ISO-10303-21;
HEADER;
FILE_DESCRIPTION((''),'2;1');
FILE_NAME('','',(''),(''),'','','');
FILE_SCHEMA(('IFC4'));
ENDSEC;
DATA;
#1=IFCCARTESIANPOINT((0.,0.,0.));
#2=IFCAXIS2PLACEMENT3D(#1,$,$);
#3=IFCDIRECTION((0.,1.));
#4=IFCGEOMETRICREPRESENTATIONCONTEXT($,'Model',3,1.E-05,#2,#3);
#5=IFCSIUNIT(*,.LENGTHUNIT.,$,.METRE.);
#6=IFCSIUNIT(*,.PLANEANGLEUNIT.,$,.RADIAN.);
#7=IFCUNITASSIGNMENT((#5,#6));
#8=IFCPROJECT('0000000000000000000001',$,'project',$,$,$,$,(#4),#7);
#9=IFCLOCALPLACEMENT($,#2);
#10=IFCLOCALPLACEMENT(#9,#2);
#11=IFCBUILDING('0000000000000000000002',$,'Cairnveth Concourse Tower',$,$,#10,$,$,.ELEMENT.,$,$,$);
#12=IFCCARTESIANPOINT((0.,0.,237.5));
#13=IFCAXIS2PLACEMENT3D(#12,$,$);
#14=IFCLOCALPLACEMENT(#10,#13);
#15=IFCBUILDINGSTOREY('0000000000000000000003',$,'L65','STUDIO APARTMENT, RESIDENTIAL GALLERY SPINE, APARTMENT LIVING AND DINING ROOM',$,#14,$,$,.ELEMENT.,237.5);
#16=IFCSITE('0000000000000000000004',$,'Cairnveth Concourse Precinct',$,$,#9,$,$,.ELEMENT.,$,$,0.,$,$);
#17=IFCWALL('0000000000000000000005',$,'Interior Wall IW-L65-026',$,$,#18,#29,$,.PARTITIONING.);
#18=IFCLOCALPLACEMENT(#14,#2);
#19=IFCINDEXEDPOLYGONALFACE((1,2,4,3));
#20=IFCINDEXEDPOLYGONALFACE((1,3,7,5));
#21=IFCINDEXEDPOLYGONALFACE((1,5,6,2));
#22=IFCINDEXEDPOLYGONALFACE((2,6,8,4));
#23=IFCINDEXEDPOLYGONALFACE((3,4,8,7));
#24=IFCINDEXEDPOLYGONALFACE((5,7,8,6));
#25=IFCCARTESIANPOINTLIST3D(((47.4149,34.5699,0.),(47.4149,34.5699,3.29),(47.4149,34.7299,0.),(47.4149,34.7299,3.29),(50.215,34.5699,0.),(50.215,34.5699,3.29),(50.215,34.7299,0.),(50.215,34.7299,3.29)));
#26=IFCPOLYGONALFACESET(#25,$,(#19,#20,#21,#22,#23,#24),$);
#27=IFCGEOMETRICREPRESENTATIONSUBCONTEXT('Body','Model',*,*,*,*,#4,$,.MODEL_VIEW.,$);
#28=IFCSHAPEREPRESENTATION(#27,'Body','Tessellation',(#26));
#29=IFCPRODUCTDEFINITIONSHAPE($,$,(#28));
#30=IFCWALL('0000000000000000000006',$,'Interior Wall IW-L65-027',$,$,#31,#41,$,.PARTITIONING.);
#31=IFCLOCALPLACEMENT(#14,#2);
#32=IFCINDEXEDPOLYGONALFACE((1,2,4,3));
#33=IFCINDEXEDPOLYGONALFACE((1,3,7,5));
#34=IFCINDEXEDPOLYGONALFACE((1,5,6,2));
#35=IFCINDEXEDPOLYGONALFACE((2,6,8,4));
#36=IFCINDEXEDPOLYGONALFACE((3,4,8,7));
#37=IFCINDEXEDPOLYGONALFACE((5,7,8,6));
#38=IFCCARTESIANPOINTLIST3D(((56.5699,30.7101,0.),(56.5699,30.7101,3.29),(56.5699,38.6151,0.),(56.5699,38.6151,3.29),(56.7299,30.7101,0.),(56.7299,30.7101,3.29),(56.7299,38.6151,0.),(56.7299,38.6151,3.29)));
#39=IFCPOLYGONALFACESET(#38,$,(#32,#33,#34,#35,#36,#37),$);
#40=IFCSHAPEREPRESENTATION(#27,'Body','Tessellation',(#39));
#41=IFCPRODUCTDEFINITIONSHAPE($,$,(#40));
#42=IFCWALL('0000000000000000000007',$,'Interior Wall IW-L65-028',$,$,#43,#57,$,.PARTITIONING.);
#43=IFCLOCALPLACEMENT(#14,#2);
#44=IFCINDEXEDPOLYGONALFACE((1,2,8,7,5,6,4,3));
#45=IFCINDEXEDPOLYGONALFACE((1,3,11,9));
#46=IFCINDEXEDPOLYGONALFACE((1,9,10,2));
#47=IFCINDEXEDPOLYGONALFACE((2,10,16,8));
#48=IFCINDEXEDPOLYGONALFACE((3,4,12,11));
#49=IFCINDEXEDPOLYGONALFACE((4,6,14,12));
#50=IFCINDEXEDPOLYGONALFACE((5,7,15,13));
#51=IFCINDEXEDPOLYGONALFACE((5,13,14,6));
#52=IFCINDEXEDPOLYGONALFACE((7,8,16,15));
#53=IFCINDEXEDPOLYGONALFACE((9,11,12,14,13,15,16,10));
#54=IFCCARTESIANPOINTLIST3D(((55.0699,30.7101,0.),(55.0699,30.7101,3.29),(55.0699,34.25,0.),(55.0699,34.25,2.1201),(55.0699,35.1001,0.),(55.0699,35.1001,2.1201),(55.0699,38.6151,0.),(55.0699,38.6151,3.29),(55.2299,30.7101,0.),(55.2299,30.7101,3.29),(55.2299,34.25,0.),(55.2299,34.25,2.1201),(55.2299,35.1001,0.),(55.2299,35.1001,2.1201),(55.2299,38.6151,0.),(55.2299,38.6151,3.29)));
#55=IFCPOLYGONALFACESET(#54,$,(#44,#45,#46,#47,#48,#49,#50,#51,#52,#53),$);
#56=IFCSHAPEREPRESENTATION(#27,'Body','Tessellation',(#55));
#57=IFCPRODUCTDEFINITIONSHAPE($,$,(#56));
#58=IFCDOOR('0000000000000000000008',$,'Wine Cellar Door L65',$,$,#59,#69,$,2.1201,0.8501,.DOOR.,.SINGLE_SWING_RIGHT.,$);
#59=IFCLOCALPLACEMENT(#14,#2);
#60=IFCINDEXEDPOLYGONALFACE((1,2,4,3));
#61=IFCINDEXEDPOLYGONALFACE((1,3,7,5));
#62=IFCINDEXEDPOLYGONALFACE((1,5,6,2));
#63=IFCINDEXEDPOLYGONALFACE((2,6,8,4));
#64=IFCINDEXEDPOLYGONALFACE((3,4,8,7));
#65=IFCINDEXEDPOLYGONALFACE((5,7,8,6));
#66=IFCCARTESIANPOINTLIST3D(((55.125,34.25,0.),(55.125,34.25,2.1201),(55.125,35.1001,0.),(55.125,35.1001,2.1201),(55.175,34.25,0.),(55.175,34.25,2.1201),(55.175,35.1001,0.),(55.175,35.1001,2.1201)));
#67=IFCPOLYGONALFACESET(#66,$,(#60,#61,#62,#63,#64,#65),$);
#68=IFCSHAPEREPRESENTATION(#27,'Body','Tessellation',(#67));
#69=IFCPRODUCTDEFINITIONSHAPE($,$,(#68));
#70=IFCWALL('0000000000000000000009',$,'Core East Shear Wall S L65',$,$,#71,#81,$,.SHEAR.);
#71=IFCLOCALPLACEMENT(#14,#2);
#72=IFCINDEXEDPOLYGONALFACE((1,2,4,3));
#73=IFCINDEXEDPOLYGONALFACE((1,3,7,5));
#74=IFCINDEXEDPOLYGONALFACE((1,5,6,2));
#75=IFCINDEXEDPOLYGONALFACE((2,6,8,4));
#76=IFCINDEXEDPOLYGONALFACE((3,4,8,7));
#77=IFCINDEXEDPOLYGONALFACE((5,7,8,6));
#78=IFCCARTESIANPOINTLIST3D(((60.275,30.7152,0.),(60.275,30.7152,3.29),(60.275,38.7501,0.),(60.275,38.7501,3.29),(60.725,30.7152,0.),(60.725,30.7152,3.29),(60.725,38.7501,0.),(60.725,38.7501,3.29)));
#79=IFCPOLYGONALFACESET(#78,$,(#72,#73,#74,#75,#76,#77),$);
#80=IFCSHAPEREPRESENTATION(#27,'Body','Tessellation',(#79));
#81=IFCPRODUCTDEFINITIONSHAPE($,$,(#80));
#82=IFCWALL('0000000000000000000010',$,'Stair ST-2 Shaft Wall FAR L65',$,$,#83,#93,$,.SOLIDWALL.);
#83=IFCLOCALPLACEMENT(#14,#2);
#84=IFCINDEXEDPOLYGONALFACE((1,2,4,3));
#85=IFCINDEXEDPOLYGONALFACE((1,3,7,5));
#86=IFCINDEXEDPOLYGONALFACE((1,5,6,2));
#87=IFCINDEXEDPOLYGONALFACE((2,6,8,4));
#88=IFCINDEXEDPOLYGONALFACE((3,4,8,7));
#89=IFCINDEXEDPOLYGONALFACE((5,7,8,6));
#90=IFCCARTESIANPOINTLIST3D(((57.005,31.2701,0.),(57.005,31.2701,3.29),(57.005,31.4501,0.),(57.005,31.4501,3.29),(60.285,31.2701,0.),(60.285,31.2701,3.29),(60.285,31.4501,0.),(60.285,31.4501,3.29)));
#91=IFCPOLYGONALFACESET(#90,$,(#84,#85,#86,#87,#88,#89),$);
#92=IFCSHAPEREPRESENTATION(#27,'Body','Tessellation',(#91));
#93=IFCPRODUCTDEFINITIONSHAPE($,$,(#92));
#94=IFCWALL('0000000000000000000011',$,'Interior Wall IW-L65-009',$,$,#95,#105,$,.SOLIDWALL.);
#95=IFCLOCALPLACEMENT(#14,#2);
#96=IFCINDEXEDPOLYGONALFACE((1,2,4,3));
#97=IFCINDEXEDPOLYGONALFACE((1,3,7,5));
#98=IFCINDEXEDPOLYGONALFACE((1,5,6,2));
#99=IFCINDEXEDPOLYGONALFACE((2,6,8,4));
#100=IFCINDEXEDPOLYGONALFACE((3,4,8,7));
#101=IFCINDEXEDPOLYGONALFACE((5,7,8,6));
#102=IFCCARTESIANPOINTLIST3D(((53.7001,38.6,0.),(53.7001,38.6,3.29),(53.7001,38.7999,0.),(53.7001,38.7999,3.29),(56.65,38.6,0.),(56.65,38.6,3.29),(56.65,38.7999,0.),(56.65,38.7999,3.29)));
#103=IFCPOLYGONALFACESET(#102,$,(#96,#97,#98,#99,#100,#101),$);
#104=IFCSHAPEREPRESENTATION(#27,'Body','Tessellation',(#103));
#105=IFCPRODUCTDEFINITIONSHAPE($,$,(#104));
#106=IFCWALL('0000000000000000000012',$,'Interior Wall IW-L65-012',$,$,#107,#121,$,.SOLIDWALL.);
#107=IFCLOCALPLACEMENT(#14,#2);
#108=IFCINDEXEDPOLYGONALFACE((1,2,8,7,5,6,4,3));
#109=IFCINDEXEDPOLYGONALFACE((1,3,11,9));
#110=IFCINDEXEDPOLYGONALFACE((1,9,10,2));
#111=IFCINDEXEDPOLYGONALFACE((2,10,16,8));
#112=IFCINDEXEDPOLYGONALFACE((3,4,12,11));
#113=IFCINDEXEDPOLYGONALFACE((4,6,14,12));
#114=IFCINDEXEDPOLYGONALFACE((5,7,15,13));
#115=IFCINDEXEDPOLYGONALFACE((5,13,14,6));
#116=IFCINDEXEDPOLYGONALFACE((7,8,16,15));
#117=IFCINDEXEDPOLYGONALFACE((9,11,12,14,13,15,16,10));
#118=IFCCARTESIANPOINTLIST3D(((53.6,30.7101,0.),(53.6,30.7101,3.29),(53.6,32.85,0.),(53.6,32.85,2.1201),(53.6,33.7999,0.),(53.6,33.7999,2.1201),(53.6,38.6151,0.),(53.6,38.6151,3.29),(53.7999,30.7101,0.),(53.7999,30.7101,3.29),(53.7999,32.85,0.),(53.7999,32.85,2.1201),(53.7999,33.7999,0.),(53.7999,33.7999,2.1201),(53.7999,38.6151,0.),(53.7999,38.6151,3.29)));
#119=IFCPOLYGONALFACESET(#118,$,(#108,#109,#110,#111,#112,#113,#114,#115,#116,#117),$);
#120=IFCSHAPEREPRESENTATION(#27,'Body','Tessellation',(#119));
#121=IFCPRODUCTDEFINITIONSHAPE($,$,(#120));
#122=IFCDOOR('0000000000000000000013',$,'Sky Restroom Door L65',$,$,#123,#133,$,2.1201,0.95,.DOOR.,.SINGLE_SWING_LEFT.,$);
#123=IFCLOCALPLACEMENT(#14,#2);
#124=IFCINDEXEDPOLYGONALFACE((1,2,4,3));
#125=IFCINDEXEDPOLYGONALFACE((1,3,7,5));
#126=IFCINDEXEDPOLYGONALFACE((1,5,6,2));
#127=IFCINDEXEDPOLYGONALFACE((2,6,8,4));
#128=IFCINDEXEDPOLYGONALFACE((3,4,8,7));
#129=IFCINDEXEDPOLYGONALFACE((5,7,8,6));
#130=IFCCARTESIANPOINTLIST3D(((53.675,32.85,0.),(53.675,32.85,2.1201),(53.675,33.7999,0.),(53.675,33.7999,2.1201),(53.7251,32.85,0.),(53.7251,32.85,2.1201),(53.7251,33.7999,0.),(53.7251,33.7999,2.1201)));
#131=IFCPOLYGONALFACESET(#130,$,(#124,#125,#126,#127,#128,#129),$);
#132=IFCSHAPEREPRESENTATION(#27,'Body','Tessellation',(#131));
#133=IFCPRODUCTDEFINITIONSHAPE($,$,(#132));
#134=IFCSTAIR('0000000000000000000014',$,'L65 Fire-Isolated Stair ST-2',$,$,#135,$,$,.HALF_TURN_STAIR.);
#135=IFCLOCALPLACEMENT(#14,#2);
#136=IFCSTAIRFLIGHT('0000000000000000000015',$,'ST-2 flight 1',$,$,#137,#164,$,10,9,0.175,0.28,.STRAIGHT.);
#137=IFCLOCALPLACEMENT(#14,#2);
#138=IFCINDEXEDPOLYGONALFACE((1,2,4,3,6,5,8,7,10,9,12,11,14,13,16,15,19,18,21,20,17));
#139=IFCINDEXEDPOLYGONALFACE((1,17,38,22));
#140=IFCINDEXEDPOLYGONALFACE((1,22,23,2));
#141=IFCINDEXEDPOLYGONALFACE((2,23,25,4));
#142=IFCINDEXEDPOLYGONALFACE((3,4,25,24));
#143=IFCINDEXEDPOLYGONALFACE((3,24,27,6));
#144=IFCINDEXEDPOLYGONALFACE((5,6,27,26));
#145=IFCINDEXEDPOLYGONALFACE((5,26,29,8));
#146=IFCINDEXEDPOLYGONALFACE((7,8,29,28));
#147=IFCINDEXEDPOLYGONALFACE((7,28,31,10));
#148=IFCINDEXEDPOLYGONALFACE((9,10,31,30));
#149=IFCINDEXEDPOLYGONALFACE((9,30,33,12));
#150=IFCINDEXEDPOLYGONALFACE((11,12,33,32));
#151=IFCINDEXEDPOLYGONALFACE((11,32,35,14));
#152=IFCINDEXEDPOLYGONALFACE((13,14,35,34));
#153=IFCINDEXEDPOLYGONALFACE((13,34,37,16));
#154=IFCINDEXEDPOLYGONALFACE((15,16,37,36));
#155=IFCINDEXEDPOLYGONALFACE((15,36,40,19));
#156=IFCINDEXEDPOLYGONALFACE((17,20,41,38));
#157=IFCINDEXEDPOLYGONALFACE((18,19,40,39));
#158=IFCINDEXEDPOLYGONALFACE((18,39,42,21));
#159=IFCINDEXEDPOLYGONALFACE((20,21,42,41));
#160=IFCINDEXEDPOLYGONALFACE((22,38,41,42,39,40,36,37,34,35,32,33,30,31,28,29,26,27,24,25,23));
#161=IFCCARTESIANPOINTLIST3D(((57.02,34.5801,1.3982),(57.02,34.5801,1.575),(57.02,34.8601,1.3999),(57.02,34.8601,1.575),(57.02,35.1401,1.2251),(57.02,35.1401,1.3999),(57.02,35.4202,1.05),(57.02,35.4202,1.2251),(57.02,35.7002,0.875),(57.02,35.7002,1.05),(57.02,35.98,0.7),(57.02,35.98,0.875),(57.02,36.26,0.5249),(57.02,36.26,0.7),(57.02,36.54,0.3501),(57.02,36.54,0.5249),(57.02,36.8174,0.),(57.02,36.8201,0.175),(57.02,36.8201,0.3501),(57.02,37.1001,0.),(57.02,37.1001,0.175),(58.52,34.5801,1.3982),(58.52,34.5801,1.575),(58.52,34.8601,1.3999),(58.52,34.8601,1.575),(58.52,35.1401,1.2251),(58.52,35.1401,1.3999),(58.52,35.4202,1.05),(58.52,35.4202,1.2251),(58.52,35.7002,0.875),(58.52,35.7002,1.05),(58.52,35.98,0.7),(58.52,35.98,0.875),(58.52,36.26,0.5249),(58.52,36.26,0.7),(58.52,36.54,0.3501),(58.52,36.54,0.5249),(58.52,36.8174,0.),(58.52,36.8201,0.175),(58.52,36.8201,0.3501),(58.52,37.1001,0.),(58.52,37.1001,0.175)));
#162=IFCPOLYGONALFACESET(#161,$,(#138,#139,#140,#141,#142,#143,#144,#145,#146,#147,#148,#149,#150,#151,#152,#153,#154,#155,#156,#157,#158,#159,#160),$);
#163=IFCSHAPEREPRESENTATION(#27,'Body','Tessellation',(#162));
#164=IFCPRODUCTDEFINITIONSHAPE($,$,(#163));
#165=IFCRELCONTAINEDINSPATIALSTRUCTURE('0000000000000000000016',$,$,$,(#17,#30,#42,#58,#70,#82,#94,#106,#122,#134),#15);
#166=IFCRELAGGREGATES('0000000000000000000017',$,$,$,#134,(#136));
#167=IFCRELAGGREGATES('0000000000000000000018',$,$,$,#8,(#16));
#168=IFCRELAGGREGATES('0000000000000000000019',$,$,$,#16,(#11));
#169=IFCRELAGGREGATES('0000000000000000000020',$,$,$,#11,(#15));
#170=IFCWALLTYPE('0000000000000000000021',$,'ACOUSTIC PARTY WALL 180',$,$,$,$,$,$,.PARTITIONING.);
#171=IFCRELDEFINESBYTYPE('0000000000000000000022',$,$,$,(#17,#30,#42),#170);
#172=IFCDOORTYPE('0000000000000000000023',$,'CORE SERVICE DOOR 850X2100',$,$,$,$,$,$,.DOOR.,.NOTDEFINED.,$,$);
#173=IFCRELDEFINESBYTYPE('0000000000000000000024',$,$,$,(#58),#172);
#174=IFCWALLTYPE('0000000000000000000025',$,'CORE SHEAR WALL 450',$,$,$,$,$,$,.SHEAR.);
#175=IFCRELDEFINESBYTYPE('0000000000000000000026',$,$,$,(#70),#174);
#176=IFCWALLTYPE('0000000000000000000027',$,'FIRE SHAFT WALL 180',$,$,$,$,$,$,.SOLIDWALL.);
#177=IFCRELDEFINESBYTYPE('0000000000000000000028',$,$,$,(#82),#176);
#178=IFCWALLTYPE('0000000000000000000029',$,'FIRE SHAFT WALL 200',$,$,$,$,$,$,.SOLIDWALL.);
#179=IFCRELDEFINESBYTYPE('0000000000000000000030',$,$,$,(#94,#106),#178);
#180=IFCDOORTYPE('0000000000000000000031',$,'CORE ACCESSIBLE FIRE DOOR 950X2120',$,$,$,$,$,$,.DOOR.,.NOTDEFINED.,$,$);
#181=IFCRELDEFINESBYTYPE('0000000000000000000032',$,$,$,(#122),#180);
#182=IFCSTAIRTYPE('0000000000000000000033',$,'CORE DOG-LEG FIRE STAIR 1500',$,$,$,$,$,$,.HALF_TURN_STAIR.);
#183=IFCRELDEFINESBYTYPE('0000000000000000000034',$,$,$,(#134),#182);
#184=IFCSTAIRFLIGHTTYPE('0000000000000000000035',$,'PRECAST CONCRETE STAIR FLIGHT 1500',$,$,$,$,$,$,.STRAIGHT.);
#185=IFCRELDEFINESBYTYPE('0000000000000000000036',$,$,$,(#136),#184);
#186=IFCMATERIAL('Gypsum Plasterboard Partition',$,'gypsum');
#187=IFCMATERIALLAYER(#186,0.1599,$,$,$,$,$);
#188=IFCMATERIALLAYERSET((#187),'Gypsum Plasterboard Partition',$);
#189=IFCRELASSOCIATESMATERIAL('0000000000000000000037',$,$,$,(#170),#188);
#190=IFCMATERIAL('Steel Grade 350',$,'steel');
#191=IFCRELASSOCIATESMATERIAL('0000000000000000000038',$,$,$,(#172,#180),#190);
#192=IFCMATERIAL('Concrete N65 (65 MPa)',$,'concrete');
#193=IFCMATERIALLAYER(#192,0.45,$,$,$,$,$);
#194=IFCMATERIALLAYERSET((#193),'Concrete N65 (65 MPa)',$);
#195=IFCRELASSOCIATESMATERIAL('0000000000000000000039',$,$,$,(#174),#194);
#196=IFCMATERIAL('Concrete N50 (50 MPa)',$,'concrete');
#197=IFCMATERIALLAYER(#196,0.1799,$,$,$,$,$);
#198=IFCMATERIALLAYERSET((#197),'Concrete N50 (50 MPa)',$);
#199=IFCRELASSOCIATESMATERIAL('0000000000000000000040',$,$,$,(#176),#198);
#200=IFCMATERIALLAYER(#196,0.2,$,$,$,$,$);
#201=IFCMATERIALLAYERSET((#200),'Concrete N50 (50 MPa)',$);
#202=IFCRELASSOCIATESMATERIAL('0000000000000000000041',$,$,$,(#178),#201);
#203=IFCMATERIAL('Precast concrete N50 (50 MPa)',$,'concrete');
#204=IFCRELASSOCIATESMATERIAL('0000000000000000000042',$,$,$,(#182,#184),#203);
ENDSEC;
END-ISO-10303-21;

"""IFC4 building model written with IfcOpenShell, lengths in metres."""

from ifc_helpers import new_model, si_unit, direction, frame, frame_2d, origin, place, context, subcontext, project, spatial, polyline, rectangle, outline, extrude, material, layer, layer_set, type_object, element, fill, aggregate, save


model = new_model("IFC4")

# Units and contexts
model_context = context("Model", 3, precision=1e-05, world=origin(), true_north=direction((0.0, 1.0)))
body_context = subcontext(model_context, "Body", "Model", "MODEL_VIEW")
ifc_project = project(units=[si_unit("LENGTHUNIT", "METRE"), si_unit("PLANEANGLEUNIT", "RADIAN")], contexts=[model_context])

# Site, building, storey
site_placement = place(None, origin())
site = spatial("IfcSite", under=ifc_project, at=site_placement, Name="Cairnveth Concourse Precinct", CompositionType="ELEMENT", RefElevation=0.0)
building_placement = place(site_placement, origin())
building = spatial("IfcBuilding", under=site, at=building_placement, Name="Cairnveth Concourse Tower", CompositionType="ELEMENT")
storey_placement = place(building_placement, frame((0.0, 0.0, 237.5)))
storey = spatial("IfcBuildingStorey", under=building, at=storey_placement, Name="L65", Description="STUDIO APARTMENT, RESIDENTIAL GALLERY SPINE, APARTMENT LIVING AND DINING ROOM", CompositionType="ELEMENT", Elevation=237.5)

# Walls
ifc_material_1 = material(Name="Gypsum Plasterboard Partition", Category="gypsum")
ifc_layer_1 = layer(ifc_material_1, 0.1599)
ifc_layer_set_1 = layer_set([ifc_layer_1], Name="Gypsum Plasterboard Partition")
wall_type_1 = type_object("IfcWallType", Name="ACOUSTIC PARTY WALL 180", PredefinedType="PARTITIONING", material=ifc_layer_set_1)
wall_1_placement = place(storey_placement, frame((47.415, 34.6499, 0.0), z_axis=(0.0, 0.0, 1.0), x_axis=(1.0, 0.0, 0.0)))
element("IfcWall", 1, at=wall_1_placement, inside=storey, type_object=wall_type_1, Name="Interior Wall IW-L65-026", PredefinedType="PARTITIONING", context=body_context, shape_type="SweptSolid", body=[
    extrude(rectangle(XDim=2.8, YDim=0.1599, at=frame_2d((1.3999, 0.0))), origin(), (0.0, 0.0, 1.0), 3.29),
])
wall_2_placement = place(storey_placement, frame((56.6499, 30.71, 0.0), z_axis=(0.0, 0.0, 1.0), x_axis=(0.0, 1.0, 0.0)))
element("IfcWall", 2, at=wall_2_placement, inside=storey, type_object=wall_type_1, Name="Interior Wall IW-L65-027", PredefinedType="PARTITIONING", context=body_context, shape_type="SweptSolid", body=[
    extrude(rectangle(XDim=7.905, YDim=0.1599, at=frame_2d((3.9526, 0.0))), origin(), (0.0, 0.0, 1.0), 3.29),
])

# Wall, opening, door
wall_3_placement = place(storey_placement, frame((55.1499, 30.71, 0.0), z_axis=(0.0, 0.0, 1.0), x_axis=(0.0, 1.0, 0.0)))
wall_3 = element("IfcWall", 3, at=wall_3_placement, inside=storey, type_object=wall_type_1, Name="Interior Wall IW-L65-028", PredefinedType="PARTITIONING", context=body_context, shape_type="SweptSolid", body=[
    extrude(rectangle(XDim=7.905, YDim=0.1599, at=frame_2d((3.9526, 0.0))), origin(), (0.0, 0.0, 1.0), 3.29),
])
opening_1_placement = place(wall_3_placement, frame((3.54, 0.0, 0.0)))
opening_1 = element("IfcOpeningElement", 4, at=opening_1_placement, cuts=wall_3, PredefinedType="OPENING", context=body_context, shape_type="SweptSolid", body=[
    extrude(rectangle(XDim=0.8501, YDim=2.1201, at=frame_2d((0.425, 1.0601))), frame((0.0, 0.0898, 0.0), z_axis=(0.0, -1.0, 0.0), x_axis=(1.0, 0.0, 0.0)), (0.0, 0.0, 1.0), 0.1799),
])
ifc_material_2 = material(Name="Steel Grade 350", Category="steel")
door_type_1 = type_object("IfcDoorType", Name="CORE SERVICE DOOR 850X2100", OperationType="NOTDEFINED", PredefinedType="DOOR", material=ifc_material_2)
door_1_placement = place(opening_1_placement, origin())
door_1 = element("IfcDoor", 5, at=door_1_placement, inside=storey, type_object=door_type_1, Name="Wine Cellar Door L65", OperationType="SINGLE_SWING_RIGHT", OverallHeight=2.1201, OverallWidth=0.8501, PredefinedType="DOOR", context=body_context, shape_type="SweptSolid", body=[
    extrude(rectangle(XDim=0.8501, YDim=2.1201, at=frame_2d((0.425, 1.0601))), frame((0.0, 0.0249, 0.0), z_axis=(0.0, -1.0, 0.0), x_axis=(1.0, 0.0, 0.0)), (0.0, 0.0, 1.0), 0.05),
])
fill(opening_1, door_1)

# Wall
ifc_material_3 = material(Name="Concrete N65 (65 MPa)", Category="concrete")
ifc_layer_2 = layer(ifc_material_3, 0.45)
ifc_layer_set_2 = layer_set([ifc_layer_2], Name="Concrete N65 (65 MPa)")
wall_type_2 = type_object("IfcWallType", Name="CORE SHEAR WALL 450", PredefinedType="SHEAR", material=ifc_layer_set_2)
wall_4_placement = place(storey_placement, frame((60.5, 30.7151, 0.0), z_axis=(0.0, 0.0, 1.0), x_axis=(0.0, 1.0, 0.0)))
element("IfcWall", 6, at=wall_4_placement, inside=storey, type_object=wall_type_2, Name="Core East Shear Wall S L65", PredefinedType="SHEAR", context=body_context, shape_type="SweptSolid", body=[
    extrude(rectangle(XDim=8.0349, YDim=0.45, at=frame_2d((4.0176, 0.0))), origin(), (0.0, 0.0, 1.0), 3.29),
])

# Shared definitions
ifc_material_4 = material(Name="Concrete N50 (50 MPa)", Category="concrete")
ifc_layer_3 = layer(ifc_material_4, 0.1799)
ifc_layer_set_3 = layer_set([ifc_layer_3], Name="Concrete N50 (50 MPa)")
wall_type_3 = type_object("IfcWallType", Name="FIRE SHAFT WALL 180", PredefinedType="SOLIDWALL", material=ifc_layer_set_3)

# Walls
wall_5_placement = place(storey_placement, frame((57.0049, 31.3601, 0.0), z_axis=(0.0, 0.0, 1.0), x_axis=(1.0, 0.0, 0.0)))
element("IfcWall", 7, at=wall_5_placement, inside=storey, type_object=wall_type_3, Name="Stair ST-2 Shaft Wall FAR L65", PredefinedType="SOLIDWALL", context=body_context, shape_type="SweptSolid", body=[
    extrude(rectangle(XDim=3.28, YDim=0.1799, at=frame_2d((1.6401, 0.0))), origin(), (0.0, 0.0, 1.0), 3.29),
])
ifc_layer_4 = layer(ifc_material_4, 0.2)
ifc_layer_set_4 = layer_set([ifc_layer_4], Name="Concrete N50 (50 MPa)")
wall_type_4 = type_object("IfcWallType", Name="FIRE SHAFT WALL 200", PredefinedType="SOLIDWALL", material=ifc_layer_set_4)
wall_6_placement = place(storey_placement, frame((53.7, 38.7, 0.0), z_axis=(0.0, 0.0, 1.0), x_axis=(1.0, 0.0, 0.0)))
element("IfcWall", 8, at=wall_6_placement, inside=storey, type_object=wall_type_4, Name="Interior Wall IW-L65-009", PredefinedType="SOLIDWALL", context=body_context, shape_type="SweptSolid", body=[
    extrude(rectangle(XDim=2.95, YDim=0.2, at=frame_2d((1.4751, 0.0))), origin(), (0.0, 0.0, 1.0), 3.29),
])

# Wall, opening, door
wall_7_placement = place(storey_placement, frame((53.7, 30.71, 0.0), z_axis=(0.0, 0.0, 1.0), x_axis=(0.0, 1.0, 0.0)))
wall_7 = element("IfcWall", 9, at=wall_7_placement, inside=storey, type_object=wall_type_4, Name="Interior Wall IW-L65-012", PredefinedType="SOLIDWALL", context=body_context, shape_type="SweptSolid", body=[
    extrude(rectangle(XDim=7.905, YDim=0.2, at=frame_2d((3.9526, 0.0))), origin(), (0.0, 0.0, 1.0), 3.29),
])
opening_2_placement = place(wall_7_placement, frame((2.1399, 0.0, 0.0)))
opening_2 = element("IfcOpeningElement", 10, at=opening_2_placement, cuts=wall_7, PredefinedType="OPENING", context=body_context, shape_type="SweptSolid", body=[
    extrude(rectangle(XDim=0.95, YDim=2.1201, at=frame_2d((0.4751, 1.0601))), frame((0.0, 0.1099, 0.0), z_axis=(0.0, -1.0, 0.0), x_axis=(1.0, 0.0, 0.0)), (0.0, 0.0, 1.0), 0.22),
])
door_type_2 = type_object("IfcDoorType", Name="CORE ACCESSIBLE FIRE DOOR 950X2120", OperationType="NOTDEFINED", PredefinedType="DOOR", material=ifc_material_2)
door_2_placement = place(opening_2_placement, origin())
door_2 = element("IfcDoor", 11, at=door_2_placement, inside=storey, type_object=door_type_2, Name="Sky Restroom Door L65", OperationType="SINGLE_SWING_LEFT", OverallHeight=2.1201, OverallWidth=0.95, PredefinedType="DOOR", context=body_context, shape_type="SweptSolid", body=[
    extrude(rectangle(XDim=0.95, YDim=2.1201, at=frame_2d((0.4751, 1.0601))), frame((0.0, 0.0249, 0.0), z_axis=(0.0, -1.0, 0.0), x_axis=(1.0, 0.0, 0.0)), (0.0, 0.0, 1.0), 0.05),
])
fill(opening_2, door_2)

# Stair, stair flight
ifc_material_5 = material(Name="Precast concrete N50 (50 MPa)", Category="concrete")
stair_type = type_object("IfcStairType", Name="CORE DOG-LEG FIRE STAIR 1500", PredefinedType="HALF_TURN_STAIR", material=ifc_material_5)
stair_placement = place(storey_placement, origin())
stair = element("IfcStair", 12, at=stair_placement, inside=storey, type_object=stair_type, Name="L65 Fire-Isolated Stair ST-2", PredefinedType="HALF_TURN_STAIR")
stair_flight_type = type_object("IfcStairFlightType", Name="PRECAST CONCRETE STAIR FLIGHT 1500", PredefinedType="STRAIGHT", material=ifc_material_5)
stair_flight_1_placement = place(storey_placement, frame((57.77, 37.1001, 0.0), z_axis=(0.0, 0.0, 1.0), x_axis=(0.0, -1.0, 0.0)))
stair_flight_1 = element("IfcStairFlight", 13, at=stair_flight_1_placement, type_object=stair_flight_type, Name="ST-2 flight 1", NumberOfRisers=10, NumberOfTreads=9, PredefinedType="STRAIGHT", RiserHeight=0.175, TreadLength=0.28, context=body_context, shape_type="SweptSolid", body=[
    extrude(outline(polyline([(0.0, 0.0), (0.0, 0.175), (0.28, 0.175), (0.28, 0.3501), (0.5601, 0.3501), (0.5601, 0.5249), (0.8401, 0.5249), (0.8401, 0.7), (1.1201, 0.7), (1.1201, 0.875), (1.3999, 0.875), (1.3999, 1.05), (1.6799, 1.05), (1.6799, 1.2251), (1.96, 1.2251), (1.96, 1.3999), (2.24, 1.3999), (2.24, 1.575), (2.52, 1.575), (2.52, 1.75), (2.52, 1.3982), (0.2827, 0.0), (0.0, 0.0)])), frame((0.0, 0.75, 0.0), z_axis=(0.0, -1.0, 0.0), x_axis=(1.0, 0.0, 0.0)), (0.0, 0.0, 1.0), 1.5),
])
aggregate(stair, [stair_flight_1])

save(model, "model.ifc")
